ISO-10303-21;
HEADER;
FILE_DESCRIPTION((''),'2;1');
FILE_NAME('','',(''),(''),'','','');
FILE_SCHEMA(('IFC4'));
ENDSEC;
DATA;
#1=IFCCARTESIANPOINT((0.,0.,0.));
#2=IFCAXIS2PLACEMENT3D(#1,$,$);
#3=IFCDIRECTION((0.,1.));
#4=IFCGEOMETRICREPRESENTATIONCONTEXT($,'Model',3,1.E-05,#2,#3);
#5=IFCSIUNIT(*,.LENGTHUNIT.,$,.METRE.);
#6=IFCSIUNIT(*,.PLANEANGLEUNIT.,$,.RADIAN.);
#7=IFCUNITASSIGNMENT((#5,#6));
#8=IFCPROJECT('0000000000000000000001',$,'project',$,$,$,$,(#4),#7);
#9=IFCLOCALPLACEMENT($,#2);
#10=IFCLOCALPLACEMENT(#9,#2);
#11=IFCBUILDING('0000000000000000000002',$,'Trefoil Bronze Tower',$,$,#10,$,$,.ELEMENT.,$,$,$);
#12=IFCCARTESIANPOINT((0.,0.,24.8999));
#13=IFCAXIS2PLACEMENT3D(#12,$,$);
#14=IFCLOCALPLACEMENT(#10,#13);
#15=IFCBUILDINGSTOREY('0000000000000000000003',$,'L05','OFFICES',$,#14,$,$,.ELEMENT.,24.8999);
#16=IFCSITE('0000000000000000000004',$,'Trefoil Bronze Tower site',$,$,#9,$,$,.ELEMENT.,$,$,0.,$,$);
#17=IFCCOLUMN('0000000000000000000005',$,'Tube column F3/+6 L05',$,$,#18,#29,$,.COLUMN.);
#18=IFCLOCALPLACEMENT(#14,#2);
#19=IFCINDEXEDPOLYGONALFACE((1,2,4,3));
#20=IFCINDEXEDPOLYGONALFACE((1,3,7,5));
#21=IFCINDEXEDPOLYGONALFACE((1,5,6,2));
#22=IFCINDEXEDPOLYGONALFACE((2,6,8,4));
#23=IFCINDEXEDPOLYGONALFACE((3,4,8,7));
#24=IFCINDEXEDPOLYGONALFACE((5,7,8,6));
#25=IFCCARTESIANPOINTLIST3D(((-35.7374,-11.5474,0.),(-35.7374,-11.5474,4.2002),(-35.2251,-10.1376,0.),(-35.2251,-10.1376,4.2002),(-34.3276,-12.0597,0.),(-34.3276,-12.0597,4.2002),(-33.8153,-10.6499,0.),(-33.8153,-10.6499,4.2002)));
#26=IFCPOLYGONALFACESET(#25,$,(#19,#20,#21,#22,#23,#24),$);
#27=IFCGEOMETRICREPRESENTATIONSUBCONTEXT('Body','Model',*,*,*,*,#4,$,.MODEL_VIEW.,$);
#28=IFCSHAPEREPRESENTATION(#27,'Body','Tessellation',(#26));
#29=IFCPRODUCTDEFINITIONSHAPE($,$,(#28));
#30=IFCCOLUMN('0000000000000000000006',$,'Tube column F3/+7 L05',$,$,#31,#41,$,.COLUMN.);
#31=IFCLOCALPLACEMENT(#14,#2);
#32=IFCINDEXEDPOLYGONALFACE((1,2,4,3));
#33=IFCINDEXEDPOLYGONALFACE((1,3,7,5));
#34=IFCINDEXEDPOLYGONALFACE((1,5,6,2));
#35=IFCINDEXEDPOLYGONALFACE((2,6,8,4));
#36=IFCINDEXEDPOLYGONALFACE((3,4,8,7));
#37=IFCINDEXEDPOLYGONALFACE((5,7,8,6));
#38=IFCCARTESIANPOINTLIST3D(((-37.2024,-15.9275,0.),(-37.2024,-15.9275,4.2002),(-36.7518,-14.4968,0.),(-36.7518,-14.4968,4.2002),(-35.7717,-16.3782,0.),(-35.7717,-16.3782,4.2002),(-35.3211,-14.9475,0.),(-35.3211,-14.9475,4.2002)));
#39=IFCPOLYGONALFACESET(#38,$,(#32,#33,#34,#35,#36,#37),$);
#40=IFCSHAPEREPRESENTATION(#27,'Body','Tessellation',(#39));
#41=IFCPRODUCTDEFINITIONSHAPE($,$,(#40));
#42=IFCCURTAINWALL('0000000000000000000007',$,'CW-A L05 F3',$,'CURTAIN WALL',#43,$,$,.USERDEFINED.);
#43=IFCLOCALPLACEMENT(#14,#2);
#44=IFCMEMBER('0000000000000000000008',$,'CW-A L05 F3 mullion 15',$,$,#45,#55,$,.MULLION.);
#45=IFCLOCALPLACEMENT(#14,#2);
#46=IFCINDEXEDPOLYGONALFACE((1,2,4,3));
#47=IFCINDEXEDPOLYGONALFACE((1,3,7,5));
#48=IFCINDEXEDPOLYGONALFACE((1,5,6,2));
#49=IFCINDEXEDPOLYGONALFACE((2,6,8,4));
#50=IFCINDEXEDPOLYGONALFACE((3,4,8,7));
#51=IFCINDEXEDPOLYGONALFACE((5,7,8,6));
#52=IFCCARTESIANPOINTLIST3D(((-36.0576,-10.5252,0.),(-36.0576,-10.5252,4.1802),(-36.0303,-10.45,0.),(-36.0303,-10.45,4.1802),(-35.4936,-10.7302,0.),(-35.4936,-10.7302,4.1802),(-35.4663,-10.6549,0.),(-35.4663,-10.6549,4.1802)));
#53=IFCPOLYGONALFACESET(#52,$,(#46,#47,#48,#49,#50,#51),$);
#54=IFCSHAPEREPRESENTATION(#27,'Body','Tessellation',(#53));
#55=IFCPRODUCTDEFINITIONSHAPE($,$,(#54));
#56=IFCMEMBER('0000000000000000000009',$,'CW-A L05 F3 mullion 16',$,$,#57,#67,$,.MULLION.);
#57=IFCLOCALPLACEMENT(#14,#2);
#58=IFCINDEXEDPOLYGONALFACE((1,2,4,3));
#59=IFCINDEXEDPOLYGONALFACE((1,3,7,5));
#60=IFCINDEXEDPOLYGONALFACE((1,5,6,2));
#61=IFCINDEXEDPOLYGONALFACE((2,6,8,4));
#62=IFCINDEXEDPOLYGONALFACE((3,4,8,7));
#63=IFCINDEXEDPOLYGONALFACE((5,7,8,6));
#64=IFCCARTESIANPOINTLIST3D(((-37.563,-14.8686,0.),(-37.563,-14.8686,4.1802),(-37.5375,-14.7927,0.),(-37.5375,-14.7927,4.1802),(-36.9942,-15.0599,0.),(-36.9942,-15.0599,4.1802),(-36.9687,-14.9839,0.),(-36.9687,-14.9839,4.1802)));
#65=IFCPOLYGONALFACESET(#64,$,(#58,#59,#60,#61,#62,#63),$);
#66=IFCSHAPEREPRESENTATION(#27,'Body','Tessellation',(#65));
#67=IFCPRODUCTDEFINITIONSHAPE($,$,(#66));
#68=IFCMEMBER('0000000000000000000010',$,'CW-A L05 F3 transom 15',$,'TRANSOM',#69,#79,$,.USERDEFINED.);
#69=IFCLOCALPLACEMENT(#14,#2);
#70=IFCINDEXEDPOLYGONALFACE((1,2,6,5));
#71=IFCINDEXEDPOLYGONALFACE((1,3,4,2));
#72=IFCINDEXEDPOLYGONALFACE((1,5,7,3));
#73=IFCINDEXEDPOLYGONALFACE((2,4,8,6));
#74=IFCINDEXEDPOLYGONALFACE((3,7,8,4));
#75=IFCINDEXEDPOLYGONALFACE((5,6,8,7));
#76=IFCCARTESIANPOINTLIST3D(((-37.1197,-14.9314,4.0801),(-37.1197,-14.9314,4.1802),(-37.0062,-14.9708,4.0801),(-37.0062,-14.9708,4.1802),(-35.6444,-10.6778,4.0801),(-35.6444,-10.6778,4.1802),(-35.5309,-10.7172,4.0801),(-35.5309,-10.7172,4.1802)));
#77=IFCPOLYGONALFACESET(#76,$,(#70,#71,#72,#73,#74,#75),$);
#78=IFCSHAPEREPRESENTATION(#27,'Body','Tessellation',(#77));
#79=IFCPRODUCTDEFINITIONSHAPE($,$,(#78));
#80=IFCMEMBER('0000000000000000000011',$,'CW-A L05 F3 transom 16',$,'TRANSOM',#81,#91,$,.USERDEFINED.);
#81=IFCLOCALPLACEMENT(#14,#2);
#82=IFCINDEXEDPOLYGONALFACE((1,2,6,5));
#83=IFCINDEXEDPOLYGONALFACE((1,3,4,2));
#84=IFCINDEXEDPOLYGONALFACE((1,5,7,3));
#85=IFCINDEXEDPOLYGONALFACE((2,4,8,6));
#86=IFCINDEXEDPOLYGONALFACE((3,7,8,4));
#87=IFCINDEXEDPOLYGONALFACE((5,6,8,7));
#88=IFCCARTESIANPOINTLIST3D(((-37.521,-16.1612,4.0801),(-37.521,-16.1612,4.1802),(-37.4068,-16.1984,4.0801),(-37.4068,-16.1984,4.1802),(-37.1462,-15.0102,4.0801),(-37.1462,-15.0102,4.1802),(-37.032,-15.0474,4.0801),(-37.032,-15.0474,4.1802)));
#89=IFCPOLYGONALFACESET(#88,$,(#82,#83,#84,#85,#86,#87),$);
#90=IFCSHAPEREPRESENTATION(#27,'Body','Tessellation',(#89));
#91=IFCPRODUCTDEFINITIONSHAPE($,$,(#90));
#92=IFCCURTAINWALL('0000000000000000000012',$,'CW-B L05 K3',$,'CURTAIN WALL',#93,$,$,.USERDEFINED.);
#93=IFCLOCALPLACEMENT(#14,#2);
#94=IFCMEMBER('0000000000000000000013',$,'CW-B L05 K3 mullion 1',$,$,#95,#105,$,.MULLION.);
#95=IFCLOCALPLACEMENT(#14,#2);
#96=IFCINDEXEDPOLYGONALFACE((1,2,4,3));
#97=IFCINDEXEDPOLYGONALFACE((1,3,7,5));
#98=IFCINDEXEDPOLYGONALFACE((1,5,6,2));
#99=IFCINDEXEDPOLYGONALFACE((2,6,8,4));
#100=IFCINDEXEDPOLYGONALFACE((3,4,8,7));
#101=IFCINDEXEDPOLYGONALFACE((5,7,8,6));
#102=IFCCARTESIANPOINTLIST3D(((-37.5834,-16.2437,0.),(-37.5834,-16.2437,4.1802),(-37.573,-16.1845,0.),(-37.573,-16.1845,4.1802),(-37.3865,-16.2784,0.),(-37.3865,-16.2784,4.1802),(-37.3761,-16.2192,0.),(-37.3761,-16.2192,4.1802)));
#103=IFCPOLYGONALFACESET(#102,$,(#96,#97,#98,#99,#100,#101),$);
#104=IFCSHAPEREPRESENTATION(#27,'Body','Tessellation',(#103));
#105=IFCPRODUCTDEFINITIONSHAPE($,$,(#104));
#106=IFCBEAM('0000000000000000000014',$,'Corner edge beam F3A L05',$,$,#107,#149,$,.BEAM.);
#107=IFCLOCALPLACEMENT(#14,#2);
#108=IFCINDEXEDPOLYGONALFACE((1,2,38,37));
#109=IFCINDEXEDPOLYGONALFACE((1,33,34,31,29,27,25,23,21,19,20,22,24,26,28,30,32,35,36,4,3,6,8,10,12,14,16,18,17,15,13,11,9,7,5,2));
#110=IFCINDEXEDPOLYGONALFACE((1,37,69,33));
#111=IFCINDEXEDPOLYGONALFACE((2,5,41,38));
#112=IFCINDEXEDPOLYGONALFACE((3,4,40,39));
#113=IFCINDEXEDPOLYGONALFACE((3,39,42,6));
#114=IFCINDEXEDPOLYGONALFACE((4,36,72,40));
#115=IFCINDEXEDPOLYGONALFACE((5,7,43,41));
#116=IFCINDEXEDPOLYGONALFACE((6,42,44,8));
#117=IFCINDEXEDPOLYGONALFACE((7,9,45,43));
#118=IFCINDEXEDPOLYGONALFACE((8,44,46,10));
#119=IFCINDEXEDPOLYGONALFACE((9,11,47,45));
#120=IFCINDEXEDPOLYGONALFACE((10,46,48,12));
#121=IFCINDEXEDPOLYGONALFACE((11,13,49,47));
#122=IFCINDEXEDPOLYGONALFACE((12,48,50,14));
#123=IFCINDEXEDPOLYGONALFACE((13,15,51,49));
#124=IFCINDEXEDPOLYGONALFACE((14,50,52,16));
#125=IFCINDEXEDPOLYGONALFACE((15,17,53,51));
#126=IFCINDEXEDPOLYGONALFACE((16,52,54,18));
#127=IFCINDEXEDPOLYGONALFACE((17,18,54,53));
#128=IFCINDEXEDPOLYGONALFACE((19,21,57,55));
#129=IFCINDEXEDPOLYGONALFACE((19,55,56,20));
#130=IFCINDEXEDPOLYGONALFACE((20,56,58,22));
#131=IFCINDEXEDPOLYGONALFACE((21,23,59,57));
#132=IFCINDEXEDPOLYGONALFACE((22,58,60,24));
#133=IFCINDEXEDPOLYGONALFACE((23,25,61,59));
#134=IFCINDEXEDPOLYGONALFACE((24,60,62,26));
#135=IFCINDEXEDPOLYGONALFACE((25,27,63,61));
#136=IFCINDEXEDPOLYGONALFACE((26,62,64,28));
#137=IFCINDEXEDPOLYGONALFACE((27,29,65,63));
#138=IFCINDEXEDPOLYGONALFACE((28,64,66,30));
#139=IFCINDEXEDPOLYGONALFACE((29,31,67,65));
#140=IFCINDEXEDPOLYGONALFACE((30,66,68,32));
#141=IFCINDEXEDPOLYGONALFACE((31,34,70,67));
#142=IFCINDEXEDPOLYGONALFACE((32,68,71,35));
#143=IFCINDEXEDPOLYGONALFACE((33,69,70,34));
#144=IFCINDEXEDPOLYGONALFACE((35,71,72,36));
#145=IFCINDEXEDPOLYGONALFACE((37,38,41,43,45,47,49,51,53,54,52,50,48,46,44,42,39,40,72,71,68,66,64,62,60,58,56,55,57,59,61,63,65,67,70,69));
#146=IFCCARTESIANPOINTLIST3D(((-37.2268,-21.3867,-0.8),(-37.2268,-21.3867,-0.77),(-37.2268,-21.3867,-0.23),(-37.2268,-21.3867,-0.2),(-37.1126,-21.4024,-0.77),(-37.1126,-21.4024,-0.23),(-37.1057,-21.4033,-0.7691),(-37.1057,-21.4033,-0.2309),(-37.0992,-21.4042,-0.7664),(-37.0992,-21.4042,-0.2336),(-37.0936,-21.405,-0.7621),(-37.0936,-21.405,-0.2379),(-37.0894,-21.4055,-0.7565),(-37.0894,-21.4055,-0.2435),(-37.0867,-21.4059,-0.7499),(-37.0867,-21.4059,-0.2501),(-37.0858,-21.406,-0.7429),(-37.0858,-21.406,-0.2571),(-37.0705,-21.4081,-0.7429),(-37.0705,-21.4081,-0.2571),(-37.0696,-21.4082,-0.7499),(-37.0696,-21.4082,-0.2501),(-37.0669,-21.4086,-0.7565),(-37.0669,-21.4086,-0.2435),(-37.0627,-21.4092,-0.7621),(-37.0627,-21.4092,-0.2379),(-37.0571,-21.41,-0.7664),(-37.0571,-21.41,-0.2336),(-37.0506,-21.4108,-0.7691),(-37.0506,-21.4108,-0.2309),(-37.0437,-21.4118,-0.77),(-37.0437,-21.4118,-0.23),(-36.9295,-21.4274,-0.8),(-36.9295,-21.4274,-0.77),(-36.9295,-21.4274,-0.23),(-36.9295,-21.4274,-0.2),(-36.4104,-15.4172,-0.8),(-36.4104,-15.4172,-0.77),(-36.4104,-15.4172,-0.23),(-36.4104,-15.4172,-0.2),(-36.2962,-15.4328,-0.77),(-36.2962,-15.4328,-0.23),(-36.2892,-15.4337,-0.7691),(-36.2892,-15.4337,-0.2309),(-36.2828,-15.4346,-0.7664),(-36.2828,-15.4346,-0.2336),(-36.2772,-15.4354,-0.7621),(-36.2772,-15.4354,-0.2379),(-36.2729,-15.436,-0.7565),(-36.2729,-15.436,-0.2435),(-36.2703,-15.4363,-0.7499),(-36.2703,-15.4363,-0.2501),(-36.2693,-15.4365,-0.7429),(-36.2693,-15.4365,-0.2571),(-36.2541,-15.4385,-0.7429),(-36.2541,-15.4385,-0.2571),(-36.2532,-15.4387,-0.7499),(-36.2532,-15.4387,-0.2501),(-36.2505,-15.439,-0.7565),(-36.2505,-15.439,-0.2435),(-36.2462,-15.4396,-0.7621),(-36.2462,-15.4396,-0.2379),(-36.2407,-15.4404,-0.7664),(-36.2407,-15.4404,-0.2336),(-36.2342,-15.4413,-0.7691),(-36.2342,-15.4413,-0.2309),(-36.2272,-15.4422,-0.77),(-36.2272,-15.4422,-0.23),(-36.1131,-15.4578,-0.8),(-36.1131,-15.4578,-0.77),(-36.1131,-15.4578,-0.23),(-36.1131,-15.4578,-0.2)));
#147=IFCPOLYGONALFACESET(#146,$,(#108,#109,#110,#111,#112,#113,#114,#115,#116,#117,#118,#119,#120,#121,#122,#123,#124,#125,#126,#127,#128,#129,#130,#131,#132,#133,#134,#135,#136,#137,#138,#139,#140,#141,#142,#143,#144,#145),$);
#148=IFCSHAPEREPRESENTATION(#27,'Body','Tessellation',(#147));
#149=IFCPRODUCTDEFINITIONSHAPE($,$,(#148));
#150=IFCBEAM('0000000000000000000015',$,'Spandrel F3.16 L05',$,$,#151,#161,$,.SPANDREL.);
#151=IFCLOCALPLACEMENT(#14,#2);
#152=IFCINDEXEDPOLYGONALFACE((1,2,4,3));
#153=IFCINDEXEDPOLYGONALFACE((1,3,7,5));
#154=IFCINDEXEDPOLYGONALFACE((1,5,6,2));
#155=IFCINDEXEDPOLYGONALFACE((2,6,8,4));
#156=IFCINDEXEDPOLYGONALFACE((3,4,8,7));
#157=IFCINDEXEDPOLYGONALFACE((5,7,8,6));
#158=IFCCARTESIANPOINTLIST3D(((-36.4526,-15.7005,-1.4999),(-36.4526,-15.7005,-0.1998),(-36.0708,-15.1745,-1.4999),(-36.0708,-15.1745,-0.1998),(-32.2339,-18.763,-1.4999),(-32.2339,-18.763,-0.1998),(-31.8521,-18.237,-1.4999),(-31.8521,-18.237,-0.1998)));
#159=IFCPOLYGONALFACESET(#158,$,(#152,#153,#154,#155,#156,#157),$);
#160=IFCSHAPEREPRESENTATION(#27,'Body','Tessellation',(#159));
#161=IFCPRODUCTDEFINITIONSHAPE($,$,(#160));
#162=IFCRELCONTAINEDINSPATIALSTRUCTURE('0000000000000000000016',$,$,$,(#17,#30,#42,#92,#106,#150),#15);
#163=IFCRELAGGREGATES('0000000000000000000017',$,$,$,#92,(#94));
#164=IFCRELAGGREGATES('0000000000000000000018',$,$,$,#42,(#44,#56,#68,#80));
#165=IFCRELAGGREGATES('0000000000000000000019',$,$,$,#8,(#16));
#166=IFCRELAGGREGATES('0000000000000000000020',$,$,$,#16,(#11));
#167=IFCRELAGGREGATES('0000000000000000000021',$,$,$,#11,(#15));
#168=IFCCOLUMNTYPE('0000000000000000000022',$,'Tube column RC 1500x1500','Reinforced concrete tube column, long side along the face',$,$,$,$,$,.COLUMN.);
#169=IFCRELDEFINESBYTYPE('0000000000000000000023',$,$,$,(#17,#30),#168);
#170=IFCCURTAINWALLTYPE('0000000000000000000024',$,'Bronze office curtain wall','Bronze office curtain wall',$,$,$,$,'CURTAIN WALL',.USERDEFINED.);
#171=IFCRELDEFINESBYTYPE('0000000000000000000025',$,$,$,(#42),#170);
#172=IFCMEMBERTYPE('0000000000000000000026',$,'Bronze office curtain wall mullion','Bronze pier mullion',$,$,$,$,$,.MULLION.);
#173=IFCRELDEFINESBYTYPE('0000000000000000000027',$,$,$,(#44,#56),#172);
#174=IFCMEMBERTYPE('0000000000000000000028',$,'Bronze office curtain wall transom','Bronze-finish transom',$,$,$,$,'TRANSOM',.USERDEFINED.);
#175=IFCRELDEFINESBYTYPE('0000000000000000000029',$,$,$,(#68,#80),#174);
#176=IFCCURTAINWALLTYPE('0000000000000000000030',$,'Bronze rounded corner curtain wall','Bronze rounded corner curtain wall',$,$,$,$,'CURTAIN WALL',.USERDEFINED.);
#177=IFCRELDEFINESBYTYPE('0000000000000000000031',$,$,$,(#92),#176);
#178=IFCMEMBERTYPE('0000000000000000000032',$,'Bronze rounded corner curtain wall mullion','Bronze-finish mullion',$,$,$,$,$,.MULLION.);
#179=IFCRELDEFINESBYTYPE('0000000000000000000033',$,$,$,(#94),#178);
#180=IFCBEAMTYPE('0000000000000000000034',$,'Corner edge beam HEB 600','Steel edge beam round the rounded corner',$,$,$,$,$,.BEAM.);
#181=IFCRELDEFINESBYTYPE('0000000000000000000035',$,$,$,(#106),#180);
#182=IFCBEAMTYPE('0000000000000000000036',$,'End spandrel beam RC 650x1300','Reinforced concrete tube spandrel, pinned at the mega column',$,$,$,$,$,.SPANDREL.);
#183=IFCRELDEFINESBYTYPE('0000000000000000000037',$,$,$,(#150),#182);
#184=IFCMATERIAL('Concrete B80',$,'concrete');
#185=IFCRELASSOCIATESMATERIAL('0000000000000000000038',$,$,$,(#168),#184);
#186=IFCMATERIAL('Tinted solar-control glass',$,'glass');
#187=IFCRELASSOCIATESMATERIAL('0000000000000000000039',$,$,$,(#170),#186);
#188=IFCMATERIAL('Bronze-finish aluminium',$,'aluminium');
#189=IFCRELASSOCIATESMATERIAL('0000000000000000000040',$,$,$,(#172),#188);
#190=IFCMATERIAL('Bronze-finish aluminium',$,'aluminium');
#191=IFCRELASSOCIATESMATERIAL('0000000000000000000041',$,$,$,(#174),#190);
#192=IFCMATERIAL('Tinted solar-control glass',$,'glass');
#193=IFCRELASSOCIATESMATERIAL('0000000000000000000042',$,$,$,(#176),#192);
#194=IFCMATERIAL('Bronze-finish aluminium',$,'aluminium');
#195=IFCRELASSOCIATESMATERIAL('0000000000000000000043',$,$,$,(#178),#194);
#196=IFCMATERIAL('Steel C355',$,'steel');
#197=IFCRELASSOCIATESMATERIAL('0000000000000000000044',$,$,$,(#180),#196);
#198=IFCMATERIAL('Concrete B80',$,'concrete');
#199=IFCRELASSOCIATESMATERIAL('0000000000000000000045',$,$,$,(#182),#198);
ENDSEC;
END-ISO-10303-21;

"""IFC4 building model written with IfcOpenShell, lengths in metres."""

from ifc_helpers import new_model, si_unit, direction, frame, origin, origin_2d, place, context, subcontext, project, spatial, rectangle, i_section, extrude, material, material_profile, profile_set, type_object, element, aggregate, save


model = new_model("IFC4")

# Units and contexts
model_context = context("Model", 3, precision=1e-05, world=origin(), true_north=direction((0.0, 1.0)))
body_context = subcontext(model_context, "Body", "Model", "MODEL_VIEW")
ifc_project = project(units=[si_unit("LENGTHUNIT", "METRE"), si_unit("PLANEANGLEUNIT", "RADIAN")], contexts=[model_context])

# Site, building, storey
site_placement = place(None, origin())
site = spatial("IfcSite", under=ifc_project, at=site_placement, Name="Trefoil Bronze Tower site", CompositionType="ELEMENT", RefElevation=0.0)
building_placement = place(site_placement, origin())
building = spatial("IfcBuilding", under=site, at=building_placement, Name="Trefoil Bronze Tower", CompositionType="ELEMENT")
storey_placement = place(building_placement, frame((0.0, 0.0, 24.8999)))
storey = spatial("IfcBuildingStorey", under=building, at=storey_placement, Name="L05", Description="OFFICES", CompositionType="ELEMENT", Elevation=24.8999)

# Columns
ifc_material_1 = material(Name="Concrete B80", Category="concrete")
ifc_material_profile_1 = material_profile(ifc_material_1, rectangle(XDim=1.5, YDim=1.5, at=origin_2d()), Name="RC 1500x1500")
ifc_profile_set_1 = profile_set([ifc_material_profile_1], Name="Concrete B80")
column_type = type_object("IfcColumnType", Name="Tube column RC 1500x1500", Description="Reinforced concrete tube column, long side along the face", PredefinedType="COLUMN", material=ifc_profile_set_1)
for number, where, z_axis, x_axis, name in (
    (1, (-34.7764, -11.0986, 0.0), (0.0, 0.0, 1.0), (-0.341559, -0.93986, 0.0), "Tube column F3/+6 L05"),
    (2, (-36.2617, -15.4375, 0.0), (0.0, 0.0, 1.0), (-0.300414, -0.953809, 0.0), "Tube column F3/+7 L05"),
):
    element("IfcColumn", number, at=place(storey_placement, frame(where, z_axis=z_axis, x_axis=x_axis)), inside=storey, type_object=column_type, Name=name, PredefinedType="COLUMN", context=body_context, shape_type="SweptSolid", body=[
        extrude(rectangle(XDim=1.5, YDim=1.5, at=origin_2d()), origin(), (0.0, 0.0, 1.0), 4.2002),
    ])

# Curtain wall, members
ifc_material_2 = material(Name="Tinted solar-control glass", Category="glass")
curtain_wall_type_1 = type_object("IfcCurtainWallType", Name="Bronze office curtain wall", Description="Bronze office curtain wall", ElementType="CURTAIN WALL", PredefinedType="USERDEFINED", material=ifc_material_2)
curtain_wall_1_placement = place(storey_placement, origin())
curtain_wall_1 = element("IfcCurtainWall", 3, at=curtain_wall_1_placement, inside=storey, type_object=curtain_wall_type_1, Name="CW-A L05 F3", ObjectType="CURTAIN WALL", PredefinedType="USERDEFINED")
ifc_material_3 = material(Name="Bronze-finish aluminium", Category="aluminium")
ifc_material_profile_2 = material_profile(ifc_material_3, rectangle(XDim=0.6001, YDim=0.0801, at=origin_2d()), Name="CW-A mullion")
ifc_profile_set_2 = profile_set([ifc_material_profile_2], Name="Bronze-finish aluminium")
member_type_1 = type_object("IfcMemberType", Name="Bronze office curtain wall mullion", Description="Bronze pier mullion", PredefinedType="MULLION", material=ifc_profile_set_2)
member_1_placement = place(storey_placement, frame((-35.762, -10.5901, 0.0), z_axis=(0.0, 0.0, 1.0), x_axis=(0.93986, -0.341559, 0.0)))
member_1 = element("IfcMember", 4, at=member_1_placement, type_object=member_type_1, Name="CW-A L05 F3 mullion 15", PredefinedType="MULLION", context=body_context, shape_type="SweptSolid", body=[
    extrude(rectangle(XDim=0.6001, YDim=0.0801, at=origin_2d()), origin(), (0.0, 0.0, 1.0), 4.1802),
])
member_2_placement = place(storey_placement, frame((-37.2659, -14.9263, 0.0), z_axis=(0.0, 0.0, 1.0), x_axis=(0.947851, -0.318715, 0.0)))
member_2 = element("IfcMember", 5, at=member_2_placement, type_object=member_type_1, Name="CW-A L05 F3 mullion 16", PredefinedType="MULLION", context=body_context, shape_type="SweptSolid", body=[
    extrude(rectangle(XDim=0.6001, YDim=0.0801, at=origin_2d()), origin(), (0.0, 0.0, 1.0), 4.1802),
])
ifc_material_4 = material(Name="Bronze-finish aluminium", Category="aluminium")
ifc_material_profile_3 = material_profile(ifc_material_4, rectangle(XDim=0.1201, YDim=0.1001, at=origin_2d()), Name="CW-A transom")
ifc_profile_set_3 = profile_set([ifc_material_profile_3], Name="Bronze-finish aluminium")
member_type_2 = type_object("IfcMemberType", Name="Bronze office curtain wall transom", Description="Bronze-finish transom", ElementType="TRANSOM", PredefinedType="USERDEFINED", material=ifc_profile_set_3)
member_3_placement = place(storey_placement, frame((-35.5876, -10.6975, 4.1301), z_axis=(-0.32769, -0.944785, 0.0), x_axis=(0.944785, -0.32769, 0.0)))
member_3 = element("IfcMember", 6, at=member_3_placement, type_object=member_type_2, Name="CW-A L05 F3 transom 15", ObjectType="TRANSOM", PredefinedType="USERDEFINED", context=body_context, shape_type="SweptSolid", body=[
    extrude(rectangle(XDim=0.1201, YDim=0.1001, at=origin_2d()), origin(), (0.0, 0.0, 1.0), 4.5022),
])
member_4_placement = place(storey_placement, frame((-37.0891, -15.0288, 4.1301), z_axis=(-0.309624, -0.950859, 0.0), x_axis=(0.950859, -0.309624, 0.0)))
member_4 = element("IfcMember", 7, at=member_4_placement, type_object=member_type_2, Name="CW-A L05 F3 transom 16", ObjectType="TRANSOM", PredefinedType="USERDEFINED", context=body_context, shape_type="SweptSolid", body=[
    extrude(rectangle(XDim=0.1201, YDim=0.1001, at=origin_2d()), origin(), (0.0, 0.0, 1.0), 1.2104),
])

# Curtain wall, member
ifc_material_5 = material(Name="Tinted solar-control glass", Category="glass")
curtain_wall_type_2 = type_object("IfcCurtainWallType", Name="Bronze rounded corner curtain wall", Description="Bronze rounded corner curtain wall", ElementType="CURTAIN WALL", PredefinedType="USERDEFINED", material=ifc_material_5)
curtain_wall_2_placement = place(storey_placement, origin())
curtain_wall_2 = element("IfcCurtainWall", 8, at=curtain_wall_2_placement, inside=storey, type_object=curtain_wall_type_2, Name="CW-B L05 K3", ObjectType="CURTAIN WALL", PredefinedType="USERDEFINED")
ifc_material_6 = material(Name="Bronze-finish aluminium", Category="aluminium")
ifc_material_profile_4 = material_profile(ifc_material_6, rectangle(XDim=0.2, YDim=0.0601, at=origin_2d()), Name="CW-B mullion")
ifc_profile_set_4 = profile_set([ifc_material_profile_4], Name="Bronze-finish aluminium")
member_type_3 = type_object("IfcMemberType", Name="Bronze rounded corner curtain wall mullion", Description="Bronze-finish mullion", PredefinedType="MULLION", material=ifc_profile_set_4)
member_5_placement = place(storey_placement, frame((-37.4797, -16.2314, 0.0), z_axis=(0.0, 0.0, 1.0), x_axis=(0.984808, -0.173648, 0.0)))
member_5 = element("IfcMember", 9, at=member_5_placement, type_object=member_type_3, Name="CW-B L05 K3 mullion 1", PredefinedType="MULLION", context=body_context, shape_type="SweptSolid", body=[
    extrude(rectangle(XDim=0.2, YDim=0.0601, at=origin_2d()), origin(), (0.0, 0.0, 1.0), 4.1802),
])
aggregate(curtain_wall_2, [member_5])

# Beams
ifc_material_7 = material(Name="Steel C355", Category="steel")
ifc_material_profile_5 = material_profile(ifc_material_7, i_section(OverallWidth=0.3, OverallDepth=0.6001, WebThickness=0.0154, FlangeThickness=0.03, FilletRadius=0.0271, at=origin_2d()), Name="HEB 600")
ifc_profile_set_5 = profile_set([ifc_material_profile_5], Name="Steel C355")
beam_type_1 = type_object("IfcBeamType", Name="Corner edge beam HEB 600", Description="Steel edge beam round the rounded corner", PredefinedType="BEAM", material=ifc_profile_set_5)
beam_1_placement = place(storey_placement, frame((-36.2617, -15.4375, -0.5), z_axis=(-0.135502, -0.990777, 0.0), x_axis=(0.990777, -0.135502, 0.0)))
element("IfcBeam", 10, at=beam_1_placement, inside=storey, type_object=beam_type_1, Name="Corner edge beam F3A L05", PredefinedType="BEAM", context=body_context, shape_type="SweptSolid", body=[
    extrude(i_section(OverallWidth=0.3, OverallDepth=0.6001, WebThickness=0.0154, FlangeThickness=0.03, FilletRadius=0.0271, at=origin_2d()), origin(), (0.0, 0.0, 1.0), 6.0251),
])
ifc_material_8 = material(Name="Concrete B80", Category="concrete")
ifc_material_profile_6 = material_profile(ifc_material_8, rectangle(XDim=0.6499, YDim=1.3, at=origin_2d()), Name="RC 650x1300")
ifc_profile_set_6 = profile_set([ifc_material_profile_6], Name="Concrete B80")
beam_type_2 = type_object("IfcBeamType", Name="End spandrel beam RC 650x1300", Description="Reinforced concrete tube spandrel, pinned at the mega column", PredefinedType="SPANDREL", material=ifc_profile_set_6)
beam_2_placement = place(storey_placement, frame((-36.2617, -15.4375, -0.8499), z_axis=(0.809254, -0.587459, 0.0), x_axis=(0.587459, 0.809254, 0.0)))
element("IfcBeam", 11, at=beam_2_placement, inside=storey, type_object=beam_type_2, Name="Spandrel F3.16 L05", PredefinedType="SPANDREL", context=body_context, shape_type="SweptSolid", body=[
    extrude(rectangle(XDim=0.6499, YDim=1.3, at=origin_2d()), origin(), (0.0, 0.0, 1.0), 5.2131),
])

aggregate(curtain_wall_1, [member_1, member_2, member_3, member_4])

save(model, "model.ifc")
